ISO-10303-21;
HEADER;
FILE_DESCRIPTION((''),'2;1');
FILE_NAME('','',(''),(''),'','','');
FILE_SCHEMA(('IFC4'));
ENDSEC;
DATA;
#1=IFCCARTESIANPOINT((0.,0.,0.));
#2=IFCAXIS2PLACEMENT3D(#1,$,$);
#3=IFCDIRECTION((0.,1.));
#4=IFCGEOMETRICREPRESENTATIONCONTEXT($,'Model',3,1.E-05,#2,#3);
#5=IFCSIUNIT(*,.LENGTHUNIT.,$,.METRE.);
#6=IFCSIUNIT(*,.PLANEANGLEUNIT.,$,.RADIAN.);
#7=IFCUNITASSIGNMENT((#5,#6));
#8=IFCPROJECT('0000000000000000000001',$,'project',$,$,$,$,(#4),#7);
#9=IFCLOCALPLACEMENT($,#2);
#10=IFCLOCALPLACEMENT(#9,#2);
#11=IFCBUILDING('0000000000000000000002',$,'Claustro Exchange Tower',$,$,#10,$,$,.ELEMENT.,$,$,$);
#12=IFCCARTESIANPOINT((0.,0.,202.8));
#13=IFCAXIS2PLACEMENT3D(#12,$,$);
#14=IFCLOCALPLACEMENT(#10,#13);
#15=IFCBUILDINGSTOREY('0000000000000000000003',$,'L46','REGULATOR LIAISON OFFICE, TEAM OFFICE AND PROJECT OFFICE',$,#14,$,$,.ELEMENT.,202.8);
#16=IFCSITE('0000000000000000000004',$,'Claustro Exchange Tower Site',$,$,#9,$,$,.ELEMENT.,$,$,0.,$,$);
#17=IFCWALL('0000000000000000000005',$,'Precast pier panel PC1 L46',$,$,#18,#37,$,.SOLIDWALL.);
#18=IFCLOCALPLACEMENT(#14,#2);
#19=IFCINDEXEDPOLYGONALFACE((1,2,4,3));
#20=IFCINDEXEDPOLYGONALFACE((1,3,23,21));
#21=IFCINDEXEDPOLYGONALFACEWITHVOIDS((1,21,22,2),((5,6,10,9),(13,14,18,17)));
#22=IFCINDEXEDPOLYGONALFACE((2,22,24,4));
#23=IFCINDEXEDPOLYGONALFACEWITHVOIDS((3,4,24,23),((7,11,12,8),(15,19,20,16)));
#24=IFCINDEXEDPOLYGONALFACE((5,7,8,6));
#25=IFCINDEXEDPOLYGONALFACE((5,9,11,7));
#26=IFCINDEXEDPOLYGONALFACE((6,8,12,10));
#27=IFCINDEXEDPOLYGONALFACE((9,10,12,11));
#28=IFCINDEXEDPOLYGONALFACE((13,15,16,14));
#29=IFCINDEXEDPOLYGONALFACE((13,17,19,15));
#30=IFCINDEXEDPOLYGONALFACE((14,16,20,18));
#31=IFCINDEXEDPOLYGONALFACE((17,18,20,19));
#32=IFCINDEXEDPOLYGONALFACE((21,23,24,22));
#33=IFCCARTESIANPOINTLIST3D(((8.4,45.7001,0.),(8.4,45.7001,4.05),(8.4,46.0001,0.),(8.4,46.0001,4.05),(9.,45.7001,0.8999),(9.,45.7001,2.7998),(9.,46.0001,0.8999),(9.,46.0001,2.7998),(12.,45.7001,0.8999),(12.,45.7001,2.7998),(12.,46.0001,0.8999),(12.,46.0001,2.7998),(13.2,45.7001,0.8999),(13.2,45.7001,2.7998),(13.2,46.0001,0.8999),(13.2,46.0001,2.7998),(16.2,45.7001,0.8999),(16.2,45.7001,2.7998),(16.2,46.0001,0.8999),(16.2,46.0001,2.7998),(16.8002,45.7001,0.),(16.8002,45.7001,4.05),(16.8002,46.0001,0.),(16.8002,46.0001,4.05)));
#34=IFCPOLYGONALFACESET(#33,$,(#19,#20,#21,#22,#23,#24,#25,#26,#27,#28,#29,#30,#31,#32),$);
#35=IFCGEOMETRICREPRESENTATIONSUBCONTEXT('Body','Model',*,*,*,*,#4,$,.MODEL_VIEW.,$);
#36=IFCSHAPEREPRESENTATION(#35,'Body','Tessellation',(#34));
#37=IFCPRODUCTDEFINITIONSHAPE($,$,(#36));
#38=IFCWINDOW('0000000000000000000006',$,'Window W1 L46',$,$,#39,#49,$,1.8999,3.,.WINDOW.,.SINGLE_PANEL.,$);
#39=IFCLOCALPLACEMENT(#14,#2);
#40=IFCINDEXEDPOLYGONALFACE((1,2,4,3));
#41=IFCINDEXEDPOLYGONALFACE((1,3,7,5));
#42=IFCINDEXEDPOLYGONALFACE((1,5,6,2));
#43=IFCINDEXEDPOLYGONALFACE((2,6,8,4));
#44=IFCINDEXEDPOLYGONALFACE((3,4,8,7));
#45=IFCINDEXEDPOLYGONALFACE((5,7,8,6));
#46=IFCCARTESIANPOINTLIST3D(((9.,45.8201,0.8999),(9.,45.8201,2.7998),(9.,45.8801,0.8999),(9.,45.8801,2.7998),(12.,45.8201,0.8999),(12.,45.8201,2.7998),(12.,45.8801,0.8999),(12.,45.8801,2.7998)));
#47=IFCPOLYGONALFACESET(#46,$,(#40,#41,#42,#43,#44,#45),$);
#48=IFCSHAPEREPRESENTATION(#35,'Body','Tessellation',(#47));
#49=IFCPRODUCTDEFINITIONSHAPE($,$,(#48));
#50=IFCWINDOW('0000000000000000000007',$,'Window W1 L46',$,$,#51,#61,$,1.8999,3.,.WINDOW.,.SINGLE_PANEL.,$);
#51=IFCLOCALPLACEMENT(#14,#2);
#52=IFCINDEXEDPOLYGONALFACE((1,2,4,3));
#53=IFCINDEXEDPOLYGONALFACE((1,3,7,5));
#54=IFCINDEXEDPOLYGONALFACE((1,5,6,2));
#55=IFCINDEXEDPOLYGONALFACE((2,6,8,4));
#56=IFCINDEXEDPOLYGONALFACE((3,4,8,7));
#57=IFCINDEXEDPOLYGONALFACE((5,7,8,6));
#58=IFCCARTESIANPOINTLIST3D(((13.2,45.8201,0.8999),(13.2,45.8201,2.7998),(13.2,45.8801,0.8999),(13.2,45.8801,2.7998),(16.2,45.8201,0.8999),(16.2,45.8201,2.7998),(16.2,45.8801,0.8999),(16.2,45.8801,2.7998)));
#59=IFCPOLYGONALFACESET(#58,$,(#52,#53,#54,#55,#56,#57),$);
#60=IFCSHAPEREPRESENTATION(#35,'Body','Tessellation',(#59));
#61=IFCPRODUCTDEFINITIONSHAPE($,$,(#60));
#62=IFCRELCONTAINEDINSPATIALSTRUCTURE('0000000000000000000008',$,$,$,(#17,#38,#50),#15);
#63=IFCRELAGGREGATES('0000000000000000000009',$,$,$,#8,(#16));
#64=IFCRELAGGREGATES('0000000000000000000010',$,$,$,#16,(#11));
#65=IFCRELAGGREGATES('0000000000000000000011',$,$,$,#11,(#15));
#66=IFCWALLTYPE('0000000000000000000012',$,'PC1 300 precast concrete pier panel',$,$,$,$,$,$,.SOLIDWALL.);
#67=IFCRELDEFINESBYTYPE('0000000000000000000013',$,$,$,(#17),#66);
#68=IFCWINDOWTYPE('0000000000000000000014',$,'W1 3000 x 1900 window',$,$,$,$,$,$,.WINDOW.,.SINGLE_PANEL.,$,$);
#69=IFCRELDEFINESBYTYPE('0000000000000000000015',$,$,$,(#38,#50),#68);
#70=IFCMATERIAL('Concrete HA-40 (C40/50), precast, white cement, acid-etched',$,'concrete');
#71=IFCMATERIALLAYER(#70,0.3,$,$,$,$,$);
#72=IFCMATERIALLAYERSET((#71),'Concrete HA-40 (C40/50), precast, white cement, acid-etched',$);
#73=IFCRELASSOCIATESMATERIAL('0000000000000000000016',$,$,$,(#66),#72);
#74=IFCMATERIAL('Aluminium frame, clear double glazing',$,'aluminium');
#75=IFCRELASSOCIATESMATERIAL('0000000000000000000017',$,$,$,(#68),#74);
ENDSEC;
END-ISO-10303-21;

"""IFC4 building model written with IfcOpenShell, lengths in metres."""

from ifc_helpers import new_model, si_unit, direction, frame, frame_2d, origin, place, context, subcontext, project, spatial, rectangle, extrude, material, layer, layer_set, type_object, element, fill, save


model = new_model("IFC4")

# Units and contexts
model_context = context("Model", 3, precision=1e-05, world=origin(), true_north=direction((0.0, 1.0)))
body_context = subcontext(model_context, "Body", "Model", "MODEL_VIEW")
ifc_project = project(units=[si_unit("LENGTHUNIT", "METRE"), si_unit("PLANEANGLEUNIT", "RADIAN")], contexts=[model_context])

# Site, building, storey
site_placement = place(None, origin())
site = spatial("IfcSite", under=ifc_project, at=site_placement, Name="Claustro Exchange Tower Site", CompositionType="ELEMENT", RefElevation=0.0)
building_placement = place(site_placement, origin())
building = spatial("IfcBuilding", under=site, at=building_placement, Name="Claustro Exchange Tower", CompositionType="ELEMENT")
storey_placement = place(building_placement, frame((0.0, 0.0, 202.8)))
storey = spatial("IfcBuildingStorey", under=building, at=storey_placement, Name="L46", Description="REGULATOR LIAISON OFFICE, TEAM OFFICE AND PROJECT OFFICE", CompositionType="ELEMENT", Elevation=202.8)

# Wall, openings, windows
ifc_material_1 = material(Name="Concrete HA-40 (C40/50), precast, white cement, acid-etched", Category="concrete")
ifc_layer_1 = layer(ifc_material_1, 0.3)
ifc_layer_set_1 = layer_set([ifc_layer_1], Name="Concrete HA-40 (C40/50), precast, white cement, acid-etched")
wall_type_1 = type_object("IfcWallType", Name="PC1 300 precast concrete pier panel", PredefinedType="SOLIDWALL", material=ifc_layer_set_1)
wall_1_placement = place(storey_placement, frame((8.3999, 45.8501, 0.0), z_axis=(0.0, 0.0, 1.0), x_axis=(1.0, 0.0, 0.0)))
wall_1 = element("IfcWall", 1, at=wall_1_placement, inside=storey, type_object=wall_type_1, Name="Precast pier panel PC1 L46", PredefinedType="SOLIDWALL", context=body_context, shape_type="SweptSolid", body=[
    extrude(rectangle(XDim=8.4001, YDim=0.3, at=frame_2d((4.2002, 0.0))), origin(), (0.0, 0.0, 1.0), 4.05),
])
opening_1_placement = place(wall_1_placement, frame((0.6001, 0.0, 0.8999)))
opening_1 = element("IfcOpeningElement", 2, at=opening_1_placement, cuts=wall_1, PredefinedType="OPENING", context=body_context, shape_type="SweptSolid", body=[
    extrude(rectangle(XDim=3.0, YDim=1.8999, at=frame_2d((1.5, 0.95))), frame((0.0, 0.1599, 0.0), z_axis=(0.0, -1.0, 0.0), x_axis=(1.0, 0.0, 0.0)), (0.0, 0.0, 1.0), 0.3201),
])
opening_2_placement = place(wall_1_placement, frame((4.8, 0.0, 0.8999)))
opening_2 = element("IfcOpeningElement", 3, at=opening_2_placement, cuts=wall_1, PredefinedType="OPENING", context=body_context, shape_type="SweptSolid", body=[
    extrude(rectangle(XDim=3.0, YDim=1.8999, at=frame_2d((1.5, 0.95))), frame((0.0, 0.1599, 0.0), z_axis=(0.0, -1.0, 0.0), x_axis=(1.0, 0.0, 0.0)), (0.0, 0.0, 1.0), 0.3201),
])
ifc_material_2 = material(Name="Aluminium frame, clear double glazing", Category="aluminium")
window_type = type_object("IfcWindowType", Name="W1 3000 x 1900 window", PartitioningType="SINGLE_PANEL", PredefinedType="WINDOW", material=ifc_material_2)
window_1_placement = place(opening_1_placement, origin())
window_1 = element("IfcWindow", 4, at=window_1_placement, inside=storey, type_object=window_type, Name="Window W1 L46", OverallHeight=1.8999, OverallWidth=3.0, PartitioningType="SINGLE_PANEL", PredefinedType="WINDOW", context=body_context, shape_type="SweptSolid", body=[
    extrude(rectangle(XDim=3.0, YDim=1.8999, at=frame_2d((1.5, 0.95))), frame((0.0, 0.03, 0.0), z_axis=(0.0, -1.0, 0.0), x_axis=(1.0, 0.0, 0.0)), (0.0, 0.0, 1.0), 0.0601),
])
fill(opening_1, window_1)
window_2_placement = place(opening_2_placement, origin())
window_2 = element("IfcWindow", 5, at=window_2_placement, inside=storey, type_object=window_type, Name="Window W1 L46", OverallHeight=1.8999, OverallWidth=3.0, PartitioningType="SINGLE_PANEL", PredefinedType="WINDOW", context=body_context, shape_type="SweptSolid", body=[
    extrude(rectangle(XDim=3.0, YDim=1.8999, at=frame_2d((1.5, 0.95))), frame((0.0, 0.03, 0.0), z_axis=(0.0, -1.0, 0.0), x_axis=(1.0, 0.0, 0.0)), (0.0, 0.0, 1.0), 0.0601),
])
fill(opening_2, window_2)

save(model, "model.ifc")
